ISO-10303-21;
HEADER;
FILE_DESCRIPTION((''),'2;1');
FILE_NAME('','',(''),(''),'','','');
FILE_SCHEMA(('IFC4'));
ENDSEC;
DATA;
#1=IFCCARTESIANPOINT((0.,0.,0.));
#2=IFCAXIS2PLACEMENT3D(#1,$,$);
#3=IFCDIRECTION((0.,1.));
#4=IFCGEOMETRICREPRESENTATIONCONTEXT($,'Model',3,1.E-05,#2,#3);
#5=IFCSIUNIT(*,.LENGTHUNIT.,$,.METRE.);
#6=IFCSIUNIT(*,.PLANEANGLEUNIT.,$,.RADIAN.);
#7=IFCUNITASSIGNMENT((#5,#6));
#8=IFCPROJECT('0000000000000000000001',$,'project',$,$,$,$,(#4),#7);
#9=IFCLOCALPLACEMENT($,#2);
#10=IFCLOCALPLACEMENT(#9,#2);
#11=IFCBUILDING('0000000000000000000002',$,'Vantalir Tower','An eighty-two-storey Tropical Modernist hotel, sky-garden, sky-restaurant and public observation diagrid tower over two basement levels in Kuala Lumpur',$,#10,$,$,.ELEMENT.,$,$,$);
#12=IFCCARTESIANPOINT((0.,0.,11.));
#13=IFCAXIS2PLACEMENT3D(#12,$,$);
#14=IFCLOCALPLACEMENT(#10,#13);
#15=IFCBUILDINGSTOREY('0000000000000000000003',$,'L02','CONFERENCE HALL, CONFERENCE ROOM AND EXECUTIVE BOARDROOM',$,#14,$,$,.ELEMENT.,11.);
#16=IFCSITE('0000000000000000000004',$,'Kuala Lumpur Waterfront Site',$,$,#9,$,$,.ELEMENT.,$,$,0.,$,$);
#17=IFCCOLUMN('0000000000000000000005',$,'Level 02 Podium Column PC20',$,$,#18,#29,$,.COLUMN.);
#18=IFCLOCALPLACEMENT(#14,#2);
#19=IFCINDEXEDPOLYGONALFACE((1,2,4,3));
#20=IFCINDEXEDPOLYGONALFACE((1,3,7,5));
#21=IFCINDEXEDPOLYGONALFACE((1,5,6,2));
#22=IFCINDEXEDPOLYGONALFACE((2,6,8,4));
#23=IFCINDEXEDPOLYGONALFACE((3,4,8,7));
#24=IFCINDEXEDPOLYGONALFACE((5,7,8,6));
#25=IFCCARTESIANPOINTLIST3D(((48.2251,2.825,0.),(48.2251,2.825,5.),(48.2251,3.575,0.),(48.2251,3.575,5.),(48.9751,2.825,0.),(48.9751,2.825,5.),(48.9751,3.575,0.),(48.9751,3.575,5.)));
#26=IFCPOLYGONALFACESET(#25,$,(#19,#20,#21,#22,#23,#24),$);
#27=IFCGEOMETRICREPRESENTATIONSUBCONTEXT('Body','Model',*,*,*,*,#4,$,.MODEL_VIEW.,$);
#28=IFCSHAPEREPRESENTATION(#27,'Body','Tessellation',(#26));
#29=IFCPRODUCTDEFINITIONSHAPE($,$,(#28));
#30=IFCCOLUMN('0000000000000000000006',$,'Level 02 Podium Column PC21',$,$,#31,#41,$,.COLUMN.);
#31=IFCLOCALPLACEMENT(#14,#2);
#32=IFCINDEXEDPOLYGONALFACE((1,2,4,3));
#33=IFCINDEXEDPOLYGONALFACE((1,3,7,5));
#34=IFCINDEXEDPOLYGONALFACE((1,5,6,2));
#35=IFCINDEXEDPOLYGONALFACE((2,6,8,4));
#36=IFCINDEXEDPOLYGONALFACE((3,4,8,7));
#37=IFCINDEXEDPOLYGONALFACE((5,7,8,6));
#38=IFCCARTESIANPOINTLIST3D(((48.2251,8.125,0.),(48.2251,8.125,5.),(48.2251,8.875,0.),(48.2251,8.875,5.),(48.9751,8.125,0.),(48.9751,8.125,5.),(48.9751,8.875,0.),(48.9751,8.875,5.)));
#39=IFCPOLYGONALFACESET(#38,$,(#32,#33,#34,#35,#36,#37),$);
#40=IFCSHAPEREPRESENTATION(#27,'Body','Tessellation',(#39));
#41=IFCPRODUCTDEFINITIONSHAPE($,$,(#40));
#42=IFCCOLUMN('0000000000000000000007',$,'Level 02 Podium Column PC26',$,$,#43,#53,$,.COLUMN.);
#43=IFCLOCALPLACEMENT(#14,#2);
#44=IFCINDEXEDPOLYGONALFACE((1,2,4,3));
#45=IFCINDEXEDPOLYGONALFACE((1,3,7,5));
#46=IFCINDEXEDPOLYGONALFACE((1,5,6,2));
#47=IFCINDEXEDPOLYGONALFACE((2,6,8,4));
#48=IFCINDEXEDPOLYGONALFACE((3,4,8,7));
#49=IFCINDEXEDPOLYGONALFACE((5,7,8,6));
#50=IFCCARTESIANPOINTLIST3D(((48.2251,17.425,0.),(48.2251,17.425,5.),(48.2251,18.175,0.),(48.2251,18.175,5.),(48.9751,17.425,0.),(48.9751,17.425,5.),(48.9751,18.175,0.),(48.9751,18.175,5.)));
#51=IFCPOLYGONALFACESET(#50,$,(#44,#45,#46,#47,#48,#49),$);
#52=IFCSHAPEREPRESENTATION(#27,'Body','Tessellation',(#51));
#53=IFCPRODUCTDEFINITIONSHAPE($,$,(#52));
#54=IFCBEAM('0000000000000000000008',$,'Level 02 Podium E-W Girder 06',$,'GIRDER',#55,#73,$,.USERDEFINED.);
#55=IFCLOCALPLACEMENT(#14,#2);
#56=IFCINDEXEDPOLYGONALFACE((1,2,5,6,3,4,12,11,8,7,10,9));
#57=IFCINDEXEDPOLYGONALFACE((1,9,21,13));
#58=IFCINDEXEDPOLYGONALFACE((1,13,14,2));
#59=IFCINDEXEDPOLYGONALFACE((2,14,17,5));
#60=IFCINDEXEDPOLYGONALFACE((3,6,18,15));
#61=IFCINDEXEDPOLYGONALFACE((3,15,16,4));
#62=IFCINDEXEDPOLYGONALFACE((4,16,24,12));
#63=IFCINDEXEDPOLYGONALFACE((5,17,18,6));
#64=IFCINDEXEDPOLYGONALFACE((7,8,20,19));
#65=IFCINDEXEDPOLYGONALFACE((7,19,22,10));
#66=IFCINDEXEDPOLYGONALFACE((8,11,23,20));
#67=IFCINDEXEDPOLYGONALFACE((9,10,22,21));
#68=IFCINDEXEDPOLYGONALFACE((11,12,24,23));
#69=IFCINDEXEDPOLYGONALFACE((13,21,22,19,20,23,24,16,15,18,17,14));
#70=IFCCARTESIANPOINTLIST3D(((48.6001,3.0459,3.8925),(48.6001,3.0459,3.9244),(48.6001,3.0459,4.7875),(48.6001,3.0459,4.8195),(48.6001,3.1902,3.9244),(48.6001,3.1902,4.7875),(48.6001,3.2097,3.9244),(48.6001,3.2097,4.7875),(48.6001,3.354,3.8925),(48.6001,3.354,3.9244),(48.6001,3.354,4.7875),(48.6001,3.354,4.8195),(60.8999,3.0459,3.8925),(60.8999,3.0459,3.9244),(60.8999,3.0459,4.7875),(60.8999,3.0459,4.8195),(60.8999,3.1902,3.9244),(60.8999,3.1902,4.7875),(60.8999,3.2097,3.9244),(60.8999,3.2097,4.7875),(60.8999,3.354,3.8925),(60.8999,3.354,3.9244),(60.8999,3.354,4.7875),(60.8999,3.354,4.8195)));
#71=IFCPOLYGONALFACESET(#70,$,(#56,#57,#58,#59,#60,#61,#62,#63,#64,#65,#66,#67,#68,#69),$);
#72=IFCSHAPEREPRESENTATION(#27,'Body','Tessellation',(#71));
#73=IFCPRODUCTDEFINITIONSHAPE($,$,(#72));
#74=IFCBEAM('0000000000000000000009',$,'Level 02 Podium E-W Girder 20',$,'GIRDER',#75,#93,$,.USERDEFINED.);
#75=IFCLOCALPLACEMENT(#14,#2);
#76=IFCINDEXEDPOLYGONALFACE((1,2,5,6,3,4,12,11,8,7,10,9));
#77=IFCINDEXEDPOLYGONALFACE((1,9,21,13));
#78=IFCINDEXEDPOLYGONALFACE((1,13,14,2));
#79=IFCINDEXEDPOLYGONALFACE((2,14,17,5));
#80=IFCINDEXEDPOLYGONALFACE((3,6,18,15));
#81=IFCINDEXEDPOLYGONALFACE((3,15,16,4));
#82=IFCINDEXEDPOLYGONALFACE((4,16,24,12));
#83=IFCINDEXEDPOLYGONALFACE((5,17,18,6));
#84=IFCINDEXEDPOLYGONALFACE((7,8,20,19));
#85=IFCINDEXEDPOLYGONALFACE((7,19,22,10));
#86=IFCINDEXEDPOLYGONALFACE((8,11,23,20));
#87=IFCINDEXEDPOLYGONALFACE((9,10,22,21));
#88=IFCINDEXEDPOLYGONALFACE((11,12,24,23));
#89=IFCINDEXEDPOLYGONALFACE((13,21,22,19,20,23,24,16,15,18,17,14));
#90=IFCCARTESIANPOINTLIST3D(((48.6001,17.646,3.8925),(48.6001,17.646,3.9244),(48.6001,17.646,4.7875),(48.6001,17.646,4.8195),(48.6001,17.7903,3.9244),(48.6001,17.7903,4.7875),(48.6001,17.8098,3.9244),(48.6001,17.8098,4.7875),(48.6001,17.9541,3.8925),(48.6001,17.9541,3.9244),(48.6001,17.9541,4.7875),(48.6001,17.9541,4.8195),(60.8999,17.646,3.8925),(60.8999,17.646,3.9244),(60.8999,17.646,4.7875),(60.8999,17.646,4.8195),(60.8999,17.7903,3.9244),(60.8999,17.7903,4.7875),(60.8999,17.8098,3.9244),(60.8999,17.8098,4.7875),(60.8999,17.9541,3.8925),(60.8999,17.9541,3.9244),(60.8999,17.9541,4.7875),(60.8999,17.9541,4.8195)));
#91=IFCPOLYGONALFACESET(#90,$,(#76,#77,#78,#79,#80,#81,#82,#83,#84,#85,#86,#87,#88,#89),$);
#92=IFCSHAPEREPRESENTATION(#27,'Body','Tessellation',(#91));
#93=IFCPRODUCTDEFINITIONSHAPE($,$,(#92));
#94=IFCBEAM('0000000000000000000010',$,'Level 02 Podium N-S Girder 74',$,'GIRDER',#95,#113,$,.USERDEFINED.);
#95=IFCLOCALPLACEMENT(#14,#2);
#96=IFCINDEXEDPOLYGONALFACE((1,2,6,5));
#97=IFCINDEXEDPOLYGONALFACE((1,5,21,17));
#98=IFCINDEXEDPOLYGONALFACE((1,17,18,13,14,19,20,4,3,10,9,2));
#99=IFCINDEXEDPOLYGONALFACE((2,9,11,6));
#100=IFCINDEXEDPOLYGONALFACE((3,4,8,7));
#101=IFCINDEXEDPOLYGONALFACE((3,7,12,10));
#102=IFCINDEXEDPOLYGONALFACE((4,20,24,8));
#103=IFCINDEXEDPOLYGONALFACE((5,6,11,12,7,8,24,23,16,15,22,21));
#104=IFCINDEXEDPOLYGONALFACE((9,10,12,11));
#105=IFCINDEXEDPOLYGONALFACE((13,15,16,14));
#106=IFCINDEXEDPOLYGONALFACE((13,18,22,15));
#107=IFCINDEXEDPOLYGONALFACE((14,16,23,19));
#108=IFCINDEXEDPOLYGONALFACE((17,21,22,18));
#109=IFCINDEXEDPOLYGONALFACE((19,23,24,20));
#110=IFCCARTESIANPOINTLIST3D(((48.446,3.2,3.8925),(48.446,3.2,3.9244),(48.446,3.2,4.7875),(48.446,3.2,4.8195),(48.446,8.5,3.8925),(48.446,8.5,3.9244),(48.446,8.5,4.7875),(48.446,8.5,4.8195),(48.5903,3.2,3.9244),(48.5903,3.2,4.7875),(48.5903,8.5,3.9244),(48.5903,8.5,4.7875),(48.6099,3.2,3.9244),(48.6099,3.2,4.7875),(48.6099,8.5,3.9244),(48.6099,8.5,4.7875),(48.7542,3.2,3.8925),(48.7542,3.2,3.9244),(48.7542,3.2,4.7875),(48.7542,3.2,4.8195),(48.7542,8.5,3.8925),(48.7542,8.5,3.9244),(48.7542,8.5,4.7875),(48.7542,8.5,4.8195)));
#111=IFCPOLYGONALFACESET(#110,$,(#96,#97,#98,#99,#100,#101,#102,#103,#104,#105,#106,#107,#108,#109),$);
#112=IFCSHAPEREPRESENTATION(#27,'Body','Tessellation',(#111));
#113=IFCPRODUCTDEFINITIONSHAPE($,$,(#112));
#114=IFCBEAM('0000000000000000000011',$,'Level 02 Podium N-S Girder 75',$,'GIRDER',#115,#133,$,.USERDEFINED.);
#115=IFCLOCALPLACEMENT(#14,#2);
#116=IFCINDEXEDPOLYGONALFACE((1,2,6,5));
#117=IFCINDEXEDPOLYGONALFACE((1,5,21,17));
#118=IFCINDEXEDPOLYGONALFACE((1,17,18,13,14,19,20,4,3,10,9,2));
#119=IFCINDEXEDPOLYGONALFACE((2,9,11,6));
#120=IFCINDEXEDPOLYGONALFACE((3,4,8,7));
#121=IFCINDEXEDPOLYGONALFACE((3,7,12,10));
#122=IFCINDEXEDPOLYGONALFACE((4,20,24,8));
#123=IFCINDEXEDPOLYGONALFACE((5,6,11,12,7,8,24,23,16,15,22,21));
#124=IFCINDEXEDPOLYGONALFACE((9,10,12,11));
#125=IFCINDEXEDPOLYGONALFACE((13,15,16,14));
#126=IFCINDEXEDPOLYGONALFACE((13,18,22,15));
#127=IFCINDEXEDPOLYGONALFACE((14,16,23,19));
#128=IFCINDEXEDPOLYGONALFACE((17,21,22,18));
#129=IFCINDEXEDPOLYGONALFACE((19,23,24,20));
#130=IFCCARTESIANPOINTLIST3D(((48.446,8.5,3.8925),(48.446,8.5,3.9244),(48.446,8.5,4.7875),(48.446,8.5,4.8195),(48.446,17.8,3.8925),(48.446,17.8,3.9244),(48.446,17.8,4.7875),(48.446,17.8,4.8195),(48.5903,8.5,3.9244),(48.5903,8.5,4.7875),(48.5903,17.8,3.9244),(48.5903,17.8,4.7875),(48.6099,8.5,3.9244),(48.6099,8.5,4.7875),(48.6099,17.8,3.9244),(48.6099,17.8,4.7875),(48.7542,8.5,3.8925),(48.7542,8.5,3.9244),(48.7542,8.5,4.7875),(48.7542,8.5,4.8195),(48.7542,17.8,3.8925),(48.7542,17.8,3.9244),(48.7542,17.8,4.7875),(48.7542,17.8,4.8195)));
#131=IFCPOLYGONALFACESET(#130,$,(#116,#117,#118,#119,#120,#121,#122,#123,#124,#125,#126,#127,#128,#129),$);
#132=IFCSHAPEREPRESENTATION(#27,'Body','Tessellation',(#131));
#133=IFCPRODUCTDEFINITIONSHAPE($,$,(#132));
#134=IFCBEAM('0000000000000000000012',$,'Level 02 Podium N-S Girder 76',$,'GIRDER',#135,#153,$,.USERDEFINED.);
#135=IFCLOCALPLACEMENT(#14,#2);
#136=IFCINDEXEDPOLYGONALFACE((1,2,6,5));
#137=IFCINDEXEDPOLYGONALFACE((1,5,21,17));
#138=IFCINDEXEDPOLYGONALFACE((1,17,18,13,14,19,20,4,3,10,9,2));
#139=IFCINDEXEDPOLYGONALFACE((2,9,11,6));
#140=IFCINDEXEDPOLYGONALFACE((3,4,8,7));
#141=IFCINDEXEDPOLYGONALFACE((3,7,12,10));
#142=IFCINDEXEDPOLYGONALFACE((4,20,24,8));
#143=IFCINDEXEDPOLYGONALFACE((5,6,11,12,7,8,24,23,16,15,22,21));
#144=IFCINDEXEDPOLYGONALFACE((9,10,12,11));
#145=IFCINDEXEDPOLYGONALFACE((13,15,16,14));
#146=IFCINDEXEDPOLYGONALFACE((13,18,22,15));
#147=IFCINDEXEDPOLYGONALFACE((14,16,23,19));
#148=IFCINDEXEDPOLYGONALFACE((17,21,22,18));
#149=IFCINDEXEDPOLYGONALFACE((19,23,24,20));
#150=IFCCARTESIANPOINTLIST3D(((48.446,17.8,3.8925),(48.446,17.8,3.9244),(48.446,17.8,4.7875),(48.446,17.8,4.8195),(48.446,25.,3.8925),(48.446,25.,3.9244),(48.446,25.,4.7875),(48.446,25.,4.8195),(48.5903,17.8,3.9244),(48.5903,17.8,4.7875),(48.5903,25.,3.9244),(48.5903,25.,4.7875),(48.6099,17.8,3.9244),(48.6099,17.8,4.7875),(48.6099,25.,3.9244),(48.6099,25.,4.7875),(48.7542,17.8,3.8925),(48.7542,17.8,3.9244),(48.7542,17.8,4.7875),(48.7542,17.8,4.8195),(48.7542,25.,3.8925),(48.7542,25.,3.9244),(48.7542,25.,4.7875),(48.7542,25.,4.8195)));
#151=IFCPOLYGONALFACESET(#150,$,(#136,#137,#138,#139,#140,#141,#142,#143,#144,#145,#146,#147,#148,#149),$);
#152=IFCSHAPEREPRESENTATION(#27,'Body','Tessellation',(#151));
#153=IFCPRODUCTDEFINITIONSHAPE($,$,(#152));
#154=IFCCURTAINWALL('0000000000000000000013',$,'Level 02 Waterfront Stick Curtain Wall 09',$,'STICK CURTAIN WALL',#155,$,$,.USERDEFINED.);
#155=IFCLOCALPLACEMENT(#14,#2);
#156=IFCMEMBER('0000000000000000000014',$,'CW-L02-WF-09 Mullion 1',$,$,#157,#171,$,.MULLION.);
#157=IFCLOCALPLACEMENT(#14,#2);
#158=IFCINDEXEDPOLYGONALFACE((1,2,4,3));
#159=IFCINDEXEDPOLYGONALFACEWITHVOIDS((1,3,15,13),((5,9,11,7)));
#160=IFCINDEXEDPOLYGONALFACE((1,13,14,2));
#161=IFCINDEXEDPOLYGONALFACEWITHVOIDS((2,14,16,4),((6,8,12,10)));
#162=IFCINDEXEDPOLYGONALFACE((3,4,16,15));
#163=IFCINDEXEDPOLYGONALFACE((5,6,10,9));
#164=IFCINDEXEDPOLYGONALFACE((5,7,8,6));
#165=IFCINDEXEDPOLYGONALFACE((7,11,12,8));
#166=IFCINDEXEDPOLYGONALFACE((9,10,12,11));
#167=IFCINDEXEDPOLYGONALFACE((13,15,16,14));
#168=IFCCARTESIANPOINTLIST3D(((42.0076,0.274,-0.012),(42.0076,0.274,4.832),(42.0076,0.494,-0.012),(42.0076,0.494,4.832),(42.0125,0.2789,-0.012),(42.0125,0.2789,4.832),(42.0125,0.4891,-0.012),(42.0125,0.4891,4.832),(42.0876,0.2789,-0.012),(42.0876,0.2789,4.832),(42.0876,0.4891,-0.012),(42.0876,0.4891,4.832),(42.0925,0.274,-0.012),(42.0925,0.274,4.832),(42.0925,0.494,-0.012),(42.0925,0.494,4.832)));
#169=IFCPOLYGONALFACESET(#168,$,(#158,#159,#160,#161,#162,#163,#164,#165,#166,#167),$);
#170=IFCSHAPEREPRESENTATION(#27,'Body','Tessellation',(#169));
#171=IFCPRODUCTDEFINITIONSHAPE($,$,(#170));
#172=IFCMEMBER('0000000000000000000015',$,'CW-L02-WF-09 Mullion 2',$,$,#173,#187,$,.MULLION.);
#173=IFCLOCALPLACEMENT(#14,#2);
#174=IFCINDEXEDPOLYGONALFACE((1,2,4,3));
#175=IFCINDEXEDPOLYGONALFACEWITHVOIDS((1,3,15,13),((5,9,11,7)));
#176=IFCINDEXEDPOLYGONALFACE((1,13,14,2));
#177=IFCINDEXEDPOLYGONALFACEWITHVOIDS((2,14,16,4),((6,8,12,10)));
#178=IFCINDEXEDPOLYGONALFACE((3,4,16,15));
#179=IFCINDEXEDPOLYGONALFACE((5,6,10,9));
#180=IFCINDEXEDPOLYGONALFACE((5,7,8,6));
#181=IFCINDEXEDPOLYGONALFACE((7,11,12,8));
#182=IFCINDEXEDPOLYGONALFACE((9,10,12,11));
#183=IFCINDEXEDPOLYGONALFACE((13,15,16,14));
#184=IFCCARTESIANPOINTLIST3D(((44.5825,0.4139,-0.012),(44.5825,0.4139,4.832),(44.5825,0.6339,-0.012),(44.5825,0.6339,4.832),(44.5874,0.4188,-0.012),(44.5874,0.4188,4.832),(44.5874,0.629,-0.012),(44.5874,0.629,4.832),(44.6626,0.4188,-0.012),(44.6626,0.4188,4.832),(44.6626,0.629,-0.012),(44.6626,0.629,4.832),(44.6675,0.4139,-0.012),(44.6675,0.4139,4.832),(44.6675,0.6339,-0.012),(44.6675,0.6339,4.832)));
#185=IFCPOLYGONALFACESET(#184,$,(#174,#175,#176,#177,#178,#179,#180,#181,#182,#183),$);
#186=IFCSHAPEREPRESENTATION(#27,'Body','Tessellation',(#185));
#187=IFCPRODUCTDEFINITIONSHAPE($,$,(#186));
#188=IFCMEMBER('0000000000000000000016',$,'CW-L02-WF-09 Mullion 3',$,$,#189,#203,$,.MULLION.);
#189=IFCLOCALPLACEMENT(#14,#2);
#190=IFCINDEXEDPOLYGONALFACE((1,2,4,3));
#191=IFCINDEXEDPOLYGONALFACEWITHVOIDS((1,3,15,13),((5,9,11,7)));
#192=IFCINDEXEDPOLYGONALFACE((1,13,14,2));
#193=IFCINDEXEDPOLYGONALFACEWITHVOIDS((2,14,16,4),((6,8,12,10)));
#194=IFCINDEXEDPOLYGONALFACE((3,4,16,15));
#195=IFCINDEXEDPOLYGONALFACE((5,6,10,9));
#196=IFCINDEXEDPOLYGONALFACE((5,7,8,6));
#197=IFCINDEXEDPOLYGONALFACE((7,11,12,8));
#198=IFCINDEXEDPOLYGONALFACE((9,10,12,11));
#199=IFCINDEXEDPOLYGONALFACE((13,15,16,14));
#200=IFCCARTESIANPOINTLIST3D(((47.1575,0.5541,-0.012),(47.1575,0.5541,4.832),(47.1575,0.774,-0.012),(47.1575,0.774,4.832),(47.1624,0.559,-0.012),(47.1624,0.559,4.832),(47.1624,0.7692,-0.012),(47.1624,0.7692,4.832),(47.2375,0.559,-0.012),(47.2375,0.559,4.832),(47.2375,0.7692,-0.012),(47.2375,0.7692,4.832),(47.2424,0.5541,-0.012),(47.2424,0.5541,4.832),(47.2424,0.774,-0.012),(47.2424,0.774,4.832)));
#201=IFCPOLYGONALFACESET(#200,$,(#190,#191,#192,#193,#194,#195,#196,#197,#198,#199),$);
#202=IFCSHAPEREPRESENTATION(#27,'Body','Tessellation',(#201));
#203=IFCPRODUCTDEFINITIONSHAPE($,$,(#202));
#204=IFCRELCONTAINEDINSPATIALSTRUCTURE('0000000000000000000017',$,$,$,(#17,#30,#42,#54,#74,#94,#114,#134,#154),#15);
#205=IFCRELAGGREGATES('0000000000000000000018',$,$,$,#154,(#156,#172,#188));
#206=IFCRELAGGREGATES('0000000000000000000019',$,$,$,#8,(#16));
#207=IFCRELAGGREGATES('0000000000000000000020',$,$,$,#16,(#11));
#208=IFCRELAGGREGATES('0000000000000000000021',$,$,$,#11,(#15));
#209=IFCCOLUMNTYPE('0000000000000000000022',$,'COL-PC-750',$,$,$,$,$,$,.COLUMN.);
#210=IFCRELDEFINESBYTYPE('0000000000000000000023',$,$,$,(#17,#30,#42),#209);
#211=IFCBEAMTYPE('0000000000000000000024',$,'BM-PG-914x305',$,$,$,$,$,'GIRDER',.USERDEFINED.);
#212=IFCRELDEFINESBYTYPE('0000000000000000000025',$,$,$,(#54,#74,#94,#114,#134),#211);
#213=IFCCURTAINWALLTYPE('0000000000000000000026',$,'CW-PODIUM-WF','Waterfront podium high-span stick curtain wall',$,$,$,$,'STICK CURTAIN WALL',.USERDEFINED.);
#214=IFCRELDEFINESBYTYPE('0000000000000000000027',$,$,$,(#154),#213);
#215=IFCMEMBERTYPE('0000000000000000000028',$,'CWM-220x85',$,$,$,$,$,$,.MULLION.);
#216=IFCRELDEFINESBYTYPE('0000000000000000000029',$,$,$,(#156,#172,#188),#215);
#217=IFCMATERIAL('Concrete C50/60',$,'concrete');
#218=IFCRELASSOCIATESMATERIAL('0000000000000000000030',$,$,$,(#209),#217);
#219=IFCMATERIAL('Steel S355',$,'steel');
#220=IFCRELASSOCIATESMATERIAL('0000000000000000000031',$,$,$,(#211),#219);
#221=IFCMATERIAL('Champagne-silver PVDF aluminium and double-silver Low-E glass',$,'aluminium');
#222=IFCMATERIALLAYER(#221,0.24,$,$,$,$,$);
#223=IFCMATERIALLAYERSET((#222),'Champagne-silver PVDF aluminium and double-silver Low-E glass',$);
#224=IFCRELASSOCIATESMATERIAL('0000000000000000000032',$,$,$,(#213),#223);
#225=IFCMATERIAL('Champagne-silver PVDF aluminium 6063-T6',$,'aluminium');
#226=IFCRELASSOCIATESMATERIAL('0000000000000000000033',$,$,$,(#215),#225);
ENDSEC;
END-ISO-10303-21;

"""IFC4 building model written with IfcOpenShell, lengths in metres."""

from ifc_helpers import new_model, si_unit, direction, frame, origin, origin_2d, place, context, subcontext, project, spatial, rectangle, hollow_rectangle, i_section, extrude, material, layer, layer_set, material_profile, profile_set, type_object, element, aggregate, save


model = new_model("IFC4")

# Units and contexts
model_context = context("Model", 3, precision=1e-05, world=origin(), true_north=direction((0.0, 1.0)))
body_context = subcontext(model_context, "Body", "Model", "MODEL_VIEW")
ifc_project = project(units=[si_unit("LENGTHUNIT", "METRE"), si_unit("PLANEANGLEUNIT", "RADIAN")], contexts=[model_context])

# Site, building, storey
site_placement = place(None, origin())
site = spatial("IfcSite", under=ifc_project, at=site_placement, Name="Kuala Lumpur Waterfront Site", CompositionType="ELEMENT", RefElevation=0.0)
building_placement = place(site_placement, origin())
building = spatial("IfcBuilding", under=site, at=building_placement, Name="Vantalir Tower", Description="An eighty-two-storey Tropical Modernist hotel, sky-garden, sky-restaurant and public observation diagrid tower over two basement levels in Kuala Lumpur", CompositionType="ELEMENT")
storey_placement = place(building_placement, frame((0.0, 0.0, 11.0)))
storey = spatial("IfcBuildingStorey", under=building, at=storey_placement, Name="L02", Description="CONFERENCE HALL, CONFERENCE ROOM AND EXECUTIVE BOARDROOM", CompositionType="ELEMENT", Elevation=11.0)

# Columns
ifc_material_1 = material(Name="Concrete C50/60", Category="concrete")
ifc_material_profile_1 = material_profile(ifc_material_1, rectangle(XDim=0.75, YDim=0.75, at=origin_2d()), Name="Concrete C50/60")
ifc_profile_set_1 = profile_set([ifc_material_profile_1], Name="Concrete C50/60")
column_type = type_object("IfcColumnType", Name="COL-PC-750", PredefinedType="COLUMN", material=ifc_profile_set_1)
for number, where, z_axis, x_axis, name in (
    (1, (48.6001, 3.2, 0.0), (0.0, 0.0, 1.0), (1.0, 0.0, 0.0), "Level 02 Podium Column PC20"),
    (2, (48.6001, 8.5, 0.0), (0.0, 0.0, 1.0), (1.0, 0.0, 0.0), "Level 02 Podium Column PC21"),
    (3, (48.6001, 17.8, 0.0), (0.0, 0.0, 1.0), (1.0, 0.0, 0.0), "Level 02 Podium Column PC26"),
):
    element("IfcColumn", number, at=place(storey_placement, frame(where, z_axis=z_axis, x_axis=x_axis)), inside=storey, type_object=column_type, Name=name, PredefinedType="COLUMN", context=body_context, shape_type="SweptSolid", body=[
        extrude(rectangle(XDim=0.75, YDim=0.75, at=origin_2d()), origin(), (0.0, 0.0, 1.0), 5.0),
    ])

# Beams
ifc_material_2 = material(Name="Steel S355", Category="steel")
ifc_material_profile_2 = material_profile(ifc_material_2, i_section(OverallWidth=0.3081, OverallDepth=0.927, WebThickness=0.0195, FlangeThickness=0.032, at=origin_2d()), Name="Steel S355")
ifc_profile_set_2 = profile_set([ifc_material_profile_2], Name="Steel S355")
beam_type = type_object("IfcBeamType", Name="BM-PG-914x305", ElementType="GIRDER", PredefinedType="USERDEFINED", material=ifc_profile_set_2)
for number, where, z_axis, x_axis, name in (
    (4, (48.6001, 3.2, 4.356), (1.0, 0.0, 0.0), (0.0, 1.0, 0.0), "Level 02 Podium E-W Girder 06"),
    (5, (48.6001, 17.8, 4.356), (1.0, 0.0, 0.0), (0.0, 1.0, 0.0), "Level 02 Podium E-W Girder 20"),
):
    element("IfcBeam", number, at=place(storey_placement, frame(where, z_axis=z_axis, x_axis=x_axis)), inside=storey, type_object=beam_type, Name=name, ObjectType="GIRDER", PredefinedType="USERDEFINED", context=body_context, shape_type="SweptSolid", body=[
        extrude(i_section(OverallWidth=0.3081, OverallDepth=0.927, WebThickness=0.0195, FlangeThickness=0.032, at=origin_2d()), origin(), (0.0, 0.0, 1.0), 12.2998),
    ])
beam_1_placement = place(storey_placement, frame((48.6001, 3.2, 4.356), z_axis=(0.0, 1.0, 0.0), x_axis=(-1.0, 0.0, 0.0)))
element("IfcBeam", 6, at=beam_1_placement, inside=storey, type_object=beam_type, Name="Level 02 Podium N-S Girder 74", ObjectType="GIRDER", PredefinedType="USERDEFINED", context=body_context, shape_type="SweptSolid", body=[
    extrude(i_section(OverallWidth=0.3081, OverallDepth=0.927, WebThickness=0.0195, FlangeThickness=0.032, at=origin_2d()), origin(), (0.0, 0.0, 1.0), 5.3),
])
beam_2_placement = place(storey_placement, frame((48.6001, 8.5, 4.356), z_axis=(0.0, 1.0, 0.0), x_axis=(-1.0, 0.0, 0.0)))
element("IfcBeam", 7, at=beam_2_placement, inside=storey, type_object=beam_type, Name="Level 02 Podium N-S Girder 75", ObjectType="GIRDER", PredefinedType="USERDEFINED", context=body_context, shape_type="SweptSolid", body=[
    extrude(i_section(OverallWidth=0.3081, OverallDepth=0.927, WebThickness=0.0195, FlangeThickness=0.032, at=origin_2d()), origin(), (0.0, 0.0, 1.0), 9.3),
])
beam_3_placement = place(storey_placement, frame((48.6001, 17.8, 4.356), z_axis=(0.0, 1.0, 0.0), x_axis=(-1.0, 0.0, 0.0)))
element("IfcBeam", 8, at=beam_3_placement, inside=storey, type_object=beam_type, Name="Level 02 Podium N-S Girder 76", ObjectType="GIRDER", PredefinedType="USERDEFINED", context=body_context, shape_type="SweptSolid", body=[
    extrude(i_section(OverallWidth=0.3081, OverallDepth=0.927, WebThickness=0.0195, FlangeThickness=0.032, at=origin_2d()), origin(), (0.0, 0.0, 1.0), 7.2),
])

# Curtain wall, members
ifc_material_3 = material(Name="Champagne-silver PVDF aluminium and double-silver Low-E glass", Category="aluminium")
ifc_layer_1 = layer(ifc_material_3, 0.24)
ifc_layer_set_1 = layer_set([ifc_layer_1], Name="Champagne-silver PVDF aluminium and double-silver Low-E glass")
curtain_wall_type = type_object("IfcCurtainWallType", Name="CW-PODIUM-WF", Description="Waterfront podium high-span stick curtain wall", ElementType="STICK CURTAIN WALL", PredefinedType="USERDEFINED", material=ifc_layer_set_1)
curtain_wall_1_placement = place(storey_placement, origin())
curtain_wall_1 = element("IfcCurtainWall", 9, at=curtain_wall_1_placement, inside=storey, type_object=curtain_wall_type, Name="Level 02 Waterfront Stick Curtain Wall 09", ObjectType="STICK CURTAIN WALL", PredefinedType="USERDEFINED")
ifc_material_4 = material(Name="Champagne-silver PVDF aluminium 6063-T6", Category="aluminium")
ifc_material_profile_3 = material_profile(ifc_material_4, hollow_rectangle(XDim=0.085, YDim=0.22, WallThickness=0.0049, at=origin_2d()), Name="Champagne-silver PVDF aluminium 6063-T6")
ifc_profile_set_3 = profile_set([ifc_material_profile_3], Name="Champagne-silver PVDF aluminium 6063-T6")
member_type_1 = type_object("IfcMemberType", Name="CWM-220x85", PredefinedType="MULLION", material=ifc_profile_set_3)
member_1_placement = place(storey_placement, frame((42.05, 0.384, -0.012), z_axis=(0.0, 0.0, 1.0), x_axis=(1.0, 0.0, 0.0)))
member_1 = element("IfcMember", 10, at=member_1_placement, type_object=member_type_1, Name="CW-L02-WF-09 Mullion 1", PredefinedType="MULLION", context=body_context, shape_type="SweptSolid", body=[
    extrude(hollow_rectangle(XDim=0.085, YDim=0.22, WallThickness=0.0049, at=origin_2d()), origin(), (0.0, 0.0, 1.0), 4.844),
])
member_2_placement = place(storey_placement, frame((44.625, 0.5239, -0.012), z_axis=(0.0, 0.0, 1.0), x_axis=(1.0, 0.0, 0.0)))
member_2 = element("IfcMember", 11, at=member_2_placement, type_object=member_type_1, Name="CW-L02-WF-09 Mullion 2", PredefinedType="MULLION", context=body_context, shape_type="SweptSolid", body=[
    extrude(hollow_rectangle(XDim=0.085, YDim=0.22, WallThickness=0.0049, at=origin_2d()), origin(), (0.0, 0.0, 1.0), 4.844),
])
member_3_placement = place(storey_placement, frame((47.2, 0.6641, -0.012), z_axis=(0.0, 0.0, 1.0), x_axis=(1.0, 0.0, 0.0)))
member_3 = element("IfcMember", 12, at=member_3_placement, type_object=member_type_1, Name="CW-L02-WF-09 Mullion 3", PredefinedType="MULLION", context=body_context, shape_type="SweptSolid", body=[
    extrude(hollow_rectangle(XDim=0.085, YDim=0.22, WallThickness=0.0049, at=origin_2d()), origin(), (0.0, 0.0, 1.0), 4.844),
])

aggregate(curtain_wall_1, [member_1, member_2, member_3])

save(model, "model.ifc")
